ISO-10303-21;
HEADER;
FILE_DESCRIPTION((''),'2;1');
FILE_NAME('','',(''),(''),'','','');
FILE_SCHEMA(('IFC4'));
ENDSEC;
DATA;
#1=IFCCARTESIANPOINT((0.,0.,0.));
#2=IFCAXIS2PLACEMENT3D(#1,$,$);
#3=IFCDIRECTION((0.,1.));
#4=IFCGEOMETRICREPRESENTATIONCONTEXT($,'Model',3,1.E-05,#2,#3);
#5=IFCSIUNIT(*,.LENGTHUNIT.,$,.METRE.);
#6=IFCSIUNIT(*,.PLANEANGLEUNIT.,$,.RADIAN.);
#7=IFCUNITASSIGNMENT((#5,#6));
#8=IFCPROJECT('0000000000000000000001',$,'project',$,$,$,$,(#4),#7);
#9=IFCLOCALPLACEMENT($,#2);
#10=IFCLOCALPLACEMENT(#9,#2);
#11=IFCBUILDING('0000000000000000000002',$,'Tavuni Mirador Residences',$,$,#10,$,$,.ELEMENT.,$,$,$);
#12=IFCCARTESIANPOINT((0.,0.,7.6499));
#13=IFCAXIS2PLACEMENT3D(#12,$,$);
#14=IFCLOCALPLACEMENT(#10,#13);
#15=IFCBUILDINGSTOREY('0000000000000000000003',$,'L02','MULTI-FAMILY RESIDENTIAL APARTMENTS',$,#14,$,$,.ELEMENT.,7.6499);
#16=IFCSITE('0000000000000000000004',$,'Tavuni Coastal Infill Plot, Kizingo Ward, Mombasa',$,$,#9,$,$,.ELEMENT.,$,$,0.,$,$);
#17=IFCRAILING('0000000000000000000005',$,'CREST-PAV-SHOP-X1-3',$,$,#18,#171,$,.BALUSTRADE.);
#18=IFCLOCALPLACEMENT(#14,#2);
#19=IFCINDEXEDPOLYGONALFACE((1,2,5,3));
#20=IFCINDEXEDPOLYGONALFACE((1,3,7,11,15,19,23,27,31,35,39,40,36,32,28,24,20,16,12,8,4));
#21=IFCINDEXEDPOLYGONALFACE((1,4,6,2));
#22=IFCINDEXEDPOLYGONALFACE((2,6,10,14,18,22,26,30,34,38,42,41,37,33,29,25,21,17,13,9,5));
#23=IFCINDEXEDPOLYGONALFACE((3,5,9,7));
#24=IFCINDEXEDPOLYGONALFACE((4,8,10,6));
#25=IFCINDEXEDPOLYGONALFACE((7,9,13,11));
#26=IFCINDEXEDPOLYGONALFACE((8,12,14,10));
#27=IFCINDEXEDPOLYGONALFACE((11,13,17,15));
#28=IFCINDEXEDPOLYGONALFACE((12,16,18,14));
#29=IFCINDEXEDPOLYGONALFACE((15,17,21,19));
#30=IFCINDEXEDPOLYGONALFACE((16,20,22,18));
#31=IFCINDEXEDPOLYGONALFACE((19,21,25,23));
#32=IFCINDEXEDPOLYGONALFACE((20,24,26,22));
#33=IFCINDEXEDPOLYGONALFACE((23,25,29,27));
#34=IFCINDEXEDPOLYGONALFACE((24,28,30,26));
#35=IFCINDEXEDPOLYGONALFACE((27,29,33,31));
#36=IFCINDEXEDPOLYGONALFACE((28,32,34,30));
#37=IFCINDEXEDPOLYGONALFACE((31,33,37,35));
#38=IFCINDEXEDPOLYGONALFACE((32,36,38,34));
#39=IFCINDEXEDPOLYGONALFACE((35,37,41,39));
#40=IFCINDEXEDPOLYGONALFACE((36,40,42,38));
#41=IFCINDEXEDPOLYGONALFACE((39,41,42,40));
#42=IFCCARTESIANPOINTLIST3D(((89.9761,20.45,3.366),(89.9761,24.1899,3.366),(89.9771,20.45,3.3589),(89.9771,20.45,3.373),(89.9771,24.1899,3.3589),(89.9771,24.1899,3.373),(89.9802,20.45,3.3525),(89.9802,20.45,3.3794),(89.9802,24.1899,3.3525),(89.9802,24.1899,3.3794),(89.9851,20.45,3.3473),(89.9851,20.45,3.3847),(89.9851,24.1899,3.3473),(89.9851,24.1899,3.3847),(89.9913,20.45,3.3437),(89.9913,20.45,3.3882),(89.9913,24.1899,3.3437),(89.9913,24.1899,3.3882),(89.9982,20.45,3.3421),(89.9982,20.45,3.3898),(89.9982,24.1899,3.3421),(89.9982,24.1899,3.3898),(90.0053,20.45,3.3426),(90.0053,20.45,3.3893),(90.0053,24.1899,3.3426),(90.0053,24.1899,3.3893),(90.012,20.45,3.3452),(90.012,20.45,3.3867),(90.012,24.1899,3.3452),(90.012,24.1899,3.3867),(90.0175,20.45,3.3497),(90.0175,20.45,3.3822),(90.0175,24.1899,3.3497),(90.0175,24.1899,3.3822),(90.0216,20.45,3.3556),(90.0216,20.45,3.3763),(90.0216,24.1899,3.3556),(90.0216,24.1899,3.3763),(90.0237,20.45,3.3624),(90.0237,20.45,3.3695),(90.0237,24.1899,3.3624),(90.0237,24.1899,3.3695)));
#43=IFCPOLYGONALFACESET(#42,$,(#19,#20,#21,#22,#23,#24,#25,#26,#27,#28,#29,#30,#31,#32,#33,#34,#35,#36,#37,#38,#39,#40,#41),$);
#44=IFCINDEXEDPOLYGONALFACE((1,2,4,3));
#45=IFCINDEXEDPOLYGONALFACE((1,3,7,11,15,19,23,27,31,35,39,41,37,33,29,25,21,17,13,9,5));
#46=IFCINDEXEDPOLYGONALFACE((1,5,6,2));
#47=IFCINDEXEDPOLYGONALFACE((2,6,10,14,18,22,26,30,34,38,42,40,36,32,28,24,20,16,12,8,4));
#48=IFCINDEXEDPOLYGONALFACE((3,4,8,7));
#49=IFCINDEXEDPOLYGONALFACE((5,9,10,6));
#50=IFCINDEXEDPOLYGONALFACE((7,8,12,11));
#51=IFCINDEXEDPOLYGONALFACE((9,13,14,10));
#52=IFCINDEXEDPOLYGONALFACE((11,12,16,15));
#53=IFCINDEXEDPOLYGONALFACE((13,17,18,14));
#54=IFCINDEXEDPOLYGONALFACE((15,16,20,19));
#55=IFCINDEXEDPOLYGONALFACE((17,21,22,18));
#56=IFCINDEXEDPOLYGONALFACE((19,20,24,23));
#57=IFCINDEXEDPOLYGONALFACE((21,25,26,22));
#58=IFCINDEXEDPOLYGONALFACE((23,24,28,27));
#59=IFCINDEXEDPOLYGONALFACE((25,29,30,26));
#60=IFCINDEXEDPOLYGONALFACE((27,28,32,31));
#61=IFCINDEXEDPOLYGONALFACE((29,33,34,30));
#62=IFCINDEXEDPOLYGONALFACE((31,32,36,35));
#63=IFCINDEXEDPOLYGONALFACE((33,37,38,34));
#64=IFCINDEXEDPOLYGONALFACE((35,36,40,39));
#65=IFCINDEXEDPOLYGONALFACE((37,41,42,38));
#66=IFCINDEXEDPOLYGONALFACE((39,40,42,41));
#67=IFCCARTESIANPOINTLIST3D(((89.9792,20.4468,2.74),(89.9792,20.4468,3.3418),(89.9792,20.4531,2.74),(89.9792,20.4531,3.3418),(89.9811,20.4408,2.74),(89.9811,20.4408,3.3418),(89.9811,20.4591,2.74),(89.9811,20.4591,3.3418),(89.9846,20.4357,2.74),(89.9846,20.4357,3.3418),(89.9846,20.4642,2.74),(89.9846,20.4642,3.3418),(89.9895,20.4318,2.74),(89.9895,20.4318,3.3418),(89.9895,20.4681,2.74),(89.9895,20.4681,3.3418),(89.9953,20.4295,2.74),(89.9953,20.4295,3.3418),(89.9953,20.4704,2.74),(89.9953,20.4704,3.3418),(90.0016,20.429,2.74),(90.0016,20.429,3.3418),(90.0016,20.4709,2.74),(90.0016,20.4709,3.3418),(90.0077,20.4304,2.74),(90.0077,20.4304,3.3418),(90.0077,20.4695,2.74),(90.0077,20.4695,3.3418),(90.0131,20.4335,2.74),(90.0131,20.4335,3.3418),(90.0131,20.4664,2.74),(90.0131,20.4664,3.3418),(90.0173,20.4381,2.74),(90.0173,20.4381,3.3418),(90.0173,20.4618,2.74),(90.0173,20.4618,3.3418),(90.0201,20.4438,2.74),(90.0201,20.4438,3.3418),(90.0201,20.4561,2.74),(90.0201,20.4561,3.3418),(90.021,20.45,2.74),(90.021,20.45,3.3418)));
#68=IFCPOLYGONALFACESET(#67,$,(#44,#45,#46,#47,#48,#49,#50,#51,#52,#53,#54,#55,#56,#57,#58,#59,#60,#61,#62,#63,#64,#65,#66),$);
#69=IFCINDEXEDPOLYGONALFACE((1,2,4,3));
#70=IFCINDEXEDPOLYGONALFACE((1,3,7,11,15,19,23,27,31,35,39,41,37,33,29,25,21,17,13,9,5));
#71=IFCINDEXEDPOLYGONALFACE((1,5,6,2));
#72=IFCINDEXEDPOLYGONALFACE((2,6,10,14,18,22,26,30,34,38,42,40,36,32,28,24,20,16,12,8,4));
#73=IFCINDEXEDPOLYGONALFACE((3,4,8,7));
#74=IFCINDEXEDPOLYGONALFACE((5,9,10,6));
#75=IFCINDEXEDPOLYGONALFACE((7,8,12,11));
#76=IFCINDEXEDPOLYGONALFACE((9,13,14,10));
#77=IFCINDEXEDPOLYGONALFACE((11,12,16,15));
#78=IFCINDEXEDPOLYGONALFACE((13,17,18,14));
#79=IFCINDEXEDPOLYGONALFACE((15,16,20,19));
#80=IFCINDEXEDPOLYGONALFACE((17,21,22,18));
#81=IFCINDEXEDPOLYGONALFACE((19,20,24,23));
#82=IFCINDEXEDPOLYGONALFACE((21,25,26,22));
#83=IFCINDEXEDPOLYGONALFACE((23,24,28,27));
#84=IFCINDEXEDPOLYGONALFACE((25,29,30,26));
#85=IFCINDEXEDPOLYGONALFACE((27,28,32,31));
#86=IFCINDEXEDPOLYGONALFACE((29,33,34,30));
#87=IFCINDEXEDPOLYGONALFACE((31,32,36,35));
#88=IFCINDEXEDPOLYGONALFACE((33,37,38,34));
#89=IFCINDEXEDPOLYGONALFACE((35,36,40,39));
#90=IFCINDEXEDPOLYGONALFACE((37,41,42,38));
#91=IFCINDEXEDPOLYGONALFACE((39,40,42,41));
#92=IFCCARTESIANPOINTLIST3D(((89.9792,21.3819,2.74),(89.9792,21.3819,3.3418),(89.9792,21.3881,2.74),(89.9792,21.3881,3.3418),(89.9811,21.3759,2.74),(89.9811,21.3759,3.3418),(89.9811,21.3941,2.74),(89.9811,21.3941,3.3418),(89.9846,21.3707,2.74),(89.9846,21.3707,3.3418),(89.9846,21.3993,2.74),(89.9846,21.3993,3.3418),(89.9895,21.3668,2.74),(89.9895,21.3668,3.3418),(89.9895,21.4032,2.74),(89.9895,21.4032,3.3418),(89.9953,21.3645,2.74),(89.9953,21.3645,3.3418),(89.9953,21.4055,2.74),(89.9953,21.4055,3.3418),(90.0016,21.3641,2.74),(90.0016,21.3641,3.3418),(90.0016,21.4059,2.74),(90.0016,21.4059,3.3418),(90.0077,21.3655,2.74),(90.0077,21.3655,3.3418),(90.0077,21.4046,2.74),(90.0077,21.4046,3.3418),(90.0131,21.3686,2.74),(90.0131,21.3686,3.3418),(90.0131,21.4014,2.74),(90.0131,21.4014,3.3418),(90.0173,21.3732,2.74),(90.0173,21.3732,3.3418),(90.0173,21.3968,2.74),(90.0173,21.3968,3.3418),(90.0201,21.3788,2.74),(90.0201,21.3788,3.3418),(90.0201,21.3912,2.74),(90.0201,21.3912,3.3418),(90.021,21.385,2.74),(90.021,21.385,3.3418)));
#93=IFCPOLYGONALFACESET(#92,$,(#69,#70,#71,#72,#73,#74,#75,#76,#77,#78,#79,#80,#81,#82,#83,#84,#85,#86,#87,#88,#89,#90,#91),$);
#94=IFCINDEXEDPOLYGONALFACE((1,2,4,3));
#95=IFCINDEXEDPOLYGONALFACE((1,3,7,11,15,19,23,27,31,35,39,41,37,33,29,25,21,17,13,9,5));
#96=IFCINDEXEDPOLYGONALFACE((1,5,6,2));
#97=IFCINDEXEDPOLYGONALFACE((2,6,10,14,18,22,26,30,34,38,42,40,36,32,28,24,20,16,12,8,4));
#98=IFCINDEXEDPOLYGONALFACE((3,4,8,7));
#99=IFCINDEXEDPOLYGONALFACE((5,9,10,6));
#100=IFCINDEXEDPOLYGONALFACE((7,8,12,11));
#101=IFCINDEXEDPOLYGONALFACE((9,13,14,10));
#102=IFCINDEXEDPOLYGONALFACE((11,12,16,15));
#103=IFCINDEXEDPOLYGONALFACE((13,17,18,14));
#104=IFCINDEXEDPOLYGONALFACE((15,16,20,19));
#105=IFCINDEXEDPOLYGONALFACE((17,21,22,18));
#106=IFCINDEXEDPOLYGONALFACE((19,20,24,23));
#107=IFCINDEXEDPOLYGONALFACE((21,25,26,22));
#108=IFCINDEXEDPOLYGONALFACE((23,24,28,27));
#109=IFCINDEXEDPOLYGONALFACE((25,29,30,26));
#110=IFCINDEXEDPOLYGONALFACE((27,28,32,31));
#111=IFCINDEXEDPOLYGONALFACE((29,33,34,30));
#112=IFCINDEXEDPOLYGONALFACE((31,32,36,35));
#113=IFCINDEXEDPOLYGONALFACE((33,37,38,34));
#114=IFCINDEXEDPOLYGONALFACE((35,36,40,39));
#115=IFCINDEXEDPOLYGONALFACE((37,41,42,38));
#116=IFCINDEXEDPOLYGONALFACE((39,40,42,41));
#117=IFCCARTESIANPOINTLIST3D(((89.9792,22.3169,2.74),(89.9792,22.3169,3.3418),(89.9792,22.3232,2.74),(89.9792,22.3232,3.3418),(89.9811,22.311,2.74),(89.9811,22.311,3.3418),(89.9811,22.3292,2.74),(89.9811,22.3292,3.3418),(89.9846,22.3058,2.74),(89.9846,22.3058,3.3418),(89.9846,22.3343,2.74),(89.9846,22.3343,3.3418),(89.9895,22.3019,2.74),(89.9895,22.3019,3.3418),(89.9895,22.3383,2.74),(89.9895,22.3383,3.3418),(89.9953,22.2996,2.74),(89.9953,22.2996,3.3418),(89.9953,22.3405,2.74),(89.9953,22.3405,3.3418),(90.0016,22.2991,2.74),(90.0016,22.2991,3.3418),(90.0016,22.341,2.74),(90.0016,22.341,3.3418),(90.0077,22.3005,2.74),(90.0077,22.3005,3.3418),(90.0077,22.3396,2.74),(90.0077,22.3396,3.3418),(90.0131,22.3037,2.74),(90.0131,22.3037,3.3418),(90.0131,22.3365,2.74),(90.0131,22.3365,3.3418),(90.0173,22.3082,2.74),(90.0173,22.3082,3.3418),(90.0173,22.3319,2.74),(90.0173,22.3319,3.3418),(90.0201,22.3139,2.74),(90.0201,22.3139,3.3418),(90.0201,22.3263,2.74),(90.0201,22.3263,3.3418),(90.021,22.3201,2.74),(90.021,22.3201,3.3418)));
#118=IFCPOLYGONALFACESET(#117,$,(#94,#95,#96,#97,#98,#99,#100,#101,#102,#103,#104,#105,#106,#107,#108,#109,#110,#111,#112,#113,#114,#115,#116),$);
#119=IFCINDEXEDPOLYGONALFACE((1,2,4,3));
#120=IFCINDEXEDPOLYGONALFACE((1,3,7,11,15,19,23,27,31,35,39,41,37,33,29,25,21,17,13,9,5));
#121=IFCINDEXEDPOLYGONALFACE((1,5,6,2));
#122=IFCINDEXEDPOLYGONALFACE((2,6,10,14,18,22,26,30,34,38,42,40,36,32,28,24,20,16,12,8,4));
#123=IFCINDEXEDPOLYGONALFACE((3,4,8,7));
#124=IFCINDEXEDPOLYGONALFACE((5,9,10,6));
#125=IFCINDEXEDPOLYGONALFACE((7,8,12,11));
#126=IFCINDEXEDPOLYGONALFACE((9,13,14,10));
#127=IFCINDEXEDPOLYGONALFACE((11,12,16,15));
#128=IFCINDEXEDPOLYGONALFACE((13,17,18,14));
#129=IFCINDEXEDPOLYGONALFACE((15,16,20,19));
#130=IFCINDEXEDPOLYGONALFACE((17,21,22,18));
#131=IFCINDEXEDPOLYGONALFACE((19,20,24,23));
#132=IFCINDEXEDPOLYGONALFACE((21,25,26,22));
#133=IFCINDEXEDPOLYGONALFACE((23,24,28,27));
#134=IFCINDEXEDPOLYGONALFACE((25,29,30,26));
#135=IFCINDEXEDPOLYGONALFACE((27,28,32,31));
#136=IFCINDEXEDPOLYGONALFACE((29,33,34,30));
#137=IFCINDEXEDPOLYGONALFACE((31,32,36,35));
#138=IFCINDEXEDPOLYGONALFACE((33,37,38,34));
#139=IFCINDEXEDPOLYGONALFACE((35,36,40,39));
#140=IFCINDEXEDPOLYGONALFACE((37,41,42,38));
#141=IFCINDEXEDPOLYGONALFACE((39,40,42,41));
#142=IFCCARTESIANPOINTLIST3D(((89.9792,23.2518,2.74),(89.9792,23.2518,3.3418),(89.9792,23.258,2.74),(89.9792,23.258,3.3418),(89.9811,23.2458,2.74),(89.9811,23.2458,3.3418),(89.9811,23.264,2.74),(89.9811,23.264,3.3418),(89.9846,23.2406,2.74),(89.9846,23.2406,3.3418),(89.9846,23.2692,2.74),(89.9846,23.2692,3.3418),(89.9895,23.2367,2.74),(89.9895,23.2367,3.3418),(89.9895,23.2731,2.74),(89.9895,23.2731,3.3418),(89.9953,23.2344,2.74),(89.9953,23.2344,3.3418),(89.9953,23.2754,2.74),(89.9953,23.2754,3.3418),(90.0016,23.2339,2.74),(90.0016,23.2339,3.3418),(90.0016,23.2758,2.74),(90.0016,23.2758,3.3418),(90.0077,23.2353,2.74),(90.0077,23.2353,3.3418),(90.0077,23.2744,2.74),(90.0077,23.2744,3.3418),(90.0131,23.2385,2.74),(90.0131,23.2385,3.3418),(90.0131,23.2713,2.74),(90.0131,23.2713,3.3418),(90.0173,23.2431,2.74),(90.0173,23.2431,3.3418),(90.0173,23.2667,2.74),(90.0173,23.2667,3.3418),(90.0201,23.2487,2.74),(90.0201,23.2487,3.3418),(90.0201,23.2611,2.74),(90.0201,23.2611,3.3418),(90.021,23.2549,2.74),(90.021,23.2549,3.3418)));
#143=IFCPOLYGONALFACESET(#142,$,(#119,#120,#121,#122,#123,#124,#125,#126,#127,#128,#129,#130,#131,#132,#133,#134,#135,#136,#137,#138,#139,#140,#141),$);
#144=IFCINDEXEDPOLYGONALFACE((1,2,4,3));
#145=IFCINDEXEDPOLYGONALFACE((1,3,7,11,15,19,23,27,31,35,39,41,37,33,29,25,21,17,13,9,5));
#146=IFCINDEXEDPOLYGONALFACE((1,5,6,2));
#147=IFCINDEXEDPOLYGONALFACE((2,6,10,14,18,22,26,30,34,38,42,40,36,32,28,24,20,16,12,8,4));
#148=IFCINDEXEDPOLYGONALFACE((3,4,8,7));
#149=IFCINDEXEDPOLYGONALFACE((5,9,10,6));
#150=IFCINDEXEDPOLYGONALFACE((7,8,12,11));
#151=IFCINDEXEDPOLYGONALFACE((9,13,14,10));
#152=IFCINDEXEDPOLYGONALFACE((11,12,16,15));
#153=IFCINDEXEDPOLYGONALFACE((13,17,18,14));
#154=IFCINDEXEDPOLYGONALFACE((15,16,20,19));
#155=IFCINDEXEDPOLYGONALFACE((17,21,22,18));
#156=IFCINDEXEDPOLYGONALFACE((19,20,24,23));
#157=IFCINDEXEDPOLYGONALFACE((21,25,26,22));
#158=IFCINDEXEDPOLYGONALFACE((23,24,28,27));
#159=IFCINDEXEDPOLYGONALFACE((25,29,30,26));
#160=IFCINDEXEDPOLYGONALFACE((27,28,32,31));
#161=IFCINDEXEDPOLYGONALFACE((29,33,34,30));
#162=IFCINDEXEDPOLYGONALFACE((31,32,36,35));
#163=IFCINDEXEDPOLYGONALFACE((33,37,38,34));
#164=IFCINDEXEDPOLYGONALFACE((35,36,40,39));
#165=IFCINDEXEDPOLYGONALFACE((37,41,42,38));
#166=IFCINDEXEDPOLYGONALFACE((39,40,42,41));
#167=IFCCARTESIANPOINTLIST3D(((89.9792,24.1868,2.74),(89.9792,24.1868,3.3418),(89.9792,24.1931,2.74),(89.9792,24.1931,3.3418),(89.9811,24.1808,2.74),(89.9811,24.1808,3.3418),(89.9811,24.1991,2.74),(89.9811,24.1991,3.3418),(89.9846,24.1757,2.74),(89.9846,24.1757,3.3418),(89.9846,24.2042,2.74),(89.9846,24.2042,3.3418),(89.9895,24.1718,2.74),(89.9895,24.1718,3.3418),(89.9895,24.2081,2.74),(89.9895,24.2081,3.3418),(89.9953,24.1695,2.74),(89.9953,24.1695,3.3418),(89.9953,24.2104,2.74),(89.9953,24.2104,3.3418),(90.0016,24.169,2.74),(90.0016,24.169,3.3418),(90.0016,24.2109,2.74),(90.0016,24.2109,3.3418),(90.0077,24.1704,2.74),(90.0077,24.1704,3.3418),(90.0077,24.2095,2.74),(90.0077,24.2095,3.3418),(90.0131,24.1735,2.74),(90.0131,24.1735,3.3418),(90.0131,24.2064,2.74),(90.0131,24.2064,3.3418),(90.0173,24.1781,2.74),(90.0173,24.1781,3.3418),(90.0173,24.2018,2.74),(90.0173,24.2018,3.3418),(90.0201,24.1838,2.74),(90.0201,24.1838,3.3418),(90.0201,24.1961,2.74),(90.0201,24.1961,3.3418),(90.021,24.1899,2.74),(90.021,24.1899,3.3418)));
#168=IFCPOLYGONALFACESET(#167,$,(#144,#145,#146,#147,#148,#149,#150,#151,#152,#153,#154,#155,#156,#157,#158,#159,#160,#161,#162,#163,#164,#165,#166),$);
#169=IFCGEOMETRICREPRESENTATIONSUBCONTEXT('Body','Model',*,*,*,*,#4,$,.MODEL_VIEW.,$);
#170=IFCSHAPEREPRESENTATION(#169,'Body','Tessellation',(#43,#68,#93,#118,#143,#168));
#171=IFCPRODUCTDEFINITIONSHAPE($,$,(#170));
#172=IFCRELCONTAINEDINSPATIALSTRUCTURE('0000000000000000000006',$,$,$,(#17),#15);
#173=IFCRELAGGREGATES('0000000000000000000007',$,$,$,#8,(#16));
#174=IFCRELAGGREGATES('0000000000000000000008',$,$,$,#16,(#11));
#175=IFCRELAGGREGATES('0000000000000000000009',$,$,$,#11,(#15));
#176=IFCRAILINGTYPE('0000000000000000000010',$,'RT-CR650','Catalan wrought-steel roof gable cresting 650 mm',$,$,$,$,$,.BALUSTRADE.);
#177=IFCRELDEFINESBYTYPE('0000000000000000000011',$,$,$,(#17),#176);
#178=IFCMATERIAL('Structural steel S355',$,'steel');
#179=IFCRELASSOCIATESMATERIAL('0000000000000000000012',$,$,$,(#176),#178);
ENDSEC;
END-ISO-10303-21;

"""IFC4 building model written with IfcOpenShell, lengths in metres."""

from ifc_helpers import new_model, si_unit, direction, frame, origin, origin_2d, place, context, subcontext, project, spatial, circle, extrude, material, type_object, element, save


model = new_model("IFC4")

# Units and contexts
model_context = context("Model", 3, precision=1e-05, world=origin(), true_north=direction((0.0, 1.0)))
body_context = subcontext(model_context, "Body", "Model", "MODEL_VIEW")
ifc_project = project(units=[si_unit("LENGTHUNIT", "METRE"), si_unit("PLANEANGLEUNIT", "RADIAN")], contexts=[model_context])

# Site, building, storey
site_placement = place(None, origin())
site = spatial("IfcSite", under=ifc_project, at=site_placement, Name="Tavuni Coastal Infill Plot, Kizingo Ward, Mombasa", CompositionType="ELEMENT", RefElevation=0.0)
building_placement = place(site_placement, origin())
building = spatial("IfcBuilding", under=site, at=building_placement, Name="Tavuni Mirador Residences", CompositionType="ELEMENT")
storey_placement = place(building_placement, frame((0.0, 0.0, 7.6499)))
storey = spatial("IfcBuildingStorey", under=building, at=storey_placement, Name="L02", Description="MULTI-FAMILY RESIDENTIAL APARTMENTS", CompositionType="ELEMENT", Elevation=7.6499)

# Shared definitions
ifc_material_1 = material(Name="Structural steel S355", Category="steel")

# Railing
railing_type = type_object("IfcRailingType", Name="RT-CR650", Description="Catalan wrought-steel roof gable cresting 650 mm", PredefinedType="BALUSTRADE", material=ifc_material_1)
railing_1_placement = place(storey_placement, frame((90.0, 20.45, 2.74)))
element("IfcRailing", 1, at=railing_1_placement, inside=storey, type_object=railing_type, Name="CREST-PAV-SHOP-X1-3", PredefinedType="BALUSTRADE", context=body_context, shape_type="SweptSolid", body=[
    extrude(circle(Radius=0.0239, at=origin_2d()), frame((0.0, 0.0, 0.626), z_axis=(0.0, 1.0, 0.0), x_axis=(-1.0, 0.0, 0.0)), (0.0, 0.0, 1.0), 3.74),
    extrude(circle(Radius=0.021, at=origin_2d()), origin(), (0.0, 0.0, 1.0), 0.6018),
    extrude(circle(Radius=0.021, at=origin_2d()), frame((0.0, 0.9351, 0.0)), (0.0, 0.0, 1.0), 0.6018),
    extrude(circle(Radius=0.021, at=origin_2d()), frame((0.0, 1.8701, 0.0)), (0.0, 0.0, 1.0), 0.6018),
    extrude(circle(Radius=0.021, at=origin_2d()), frame((0.0, 2.8049, 0.0)), (0.0, 0.0, 1.0), 0.6018),
    extrude(circle(Radius=0.021, at=origin_2d()), frame((0.0, 3.74, 0.0)), (0.0, 0.0, 1.0), 0.6018),
])

save(model, "model.ifc")
